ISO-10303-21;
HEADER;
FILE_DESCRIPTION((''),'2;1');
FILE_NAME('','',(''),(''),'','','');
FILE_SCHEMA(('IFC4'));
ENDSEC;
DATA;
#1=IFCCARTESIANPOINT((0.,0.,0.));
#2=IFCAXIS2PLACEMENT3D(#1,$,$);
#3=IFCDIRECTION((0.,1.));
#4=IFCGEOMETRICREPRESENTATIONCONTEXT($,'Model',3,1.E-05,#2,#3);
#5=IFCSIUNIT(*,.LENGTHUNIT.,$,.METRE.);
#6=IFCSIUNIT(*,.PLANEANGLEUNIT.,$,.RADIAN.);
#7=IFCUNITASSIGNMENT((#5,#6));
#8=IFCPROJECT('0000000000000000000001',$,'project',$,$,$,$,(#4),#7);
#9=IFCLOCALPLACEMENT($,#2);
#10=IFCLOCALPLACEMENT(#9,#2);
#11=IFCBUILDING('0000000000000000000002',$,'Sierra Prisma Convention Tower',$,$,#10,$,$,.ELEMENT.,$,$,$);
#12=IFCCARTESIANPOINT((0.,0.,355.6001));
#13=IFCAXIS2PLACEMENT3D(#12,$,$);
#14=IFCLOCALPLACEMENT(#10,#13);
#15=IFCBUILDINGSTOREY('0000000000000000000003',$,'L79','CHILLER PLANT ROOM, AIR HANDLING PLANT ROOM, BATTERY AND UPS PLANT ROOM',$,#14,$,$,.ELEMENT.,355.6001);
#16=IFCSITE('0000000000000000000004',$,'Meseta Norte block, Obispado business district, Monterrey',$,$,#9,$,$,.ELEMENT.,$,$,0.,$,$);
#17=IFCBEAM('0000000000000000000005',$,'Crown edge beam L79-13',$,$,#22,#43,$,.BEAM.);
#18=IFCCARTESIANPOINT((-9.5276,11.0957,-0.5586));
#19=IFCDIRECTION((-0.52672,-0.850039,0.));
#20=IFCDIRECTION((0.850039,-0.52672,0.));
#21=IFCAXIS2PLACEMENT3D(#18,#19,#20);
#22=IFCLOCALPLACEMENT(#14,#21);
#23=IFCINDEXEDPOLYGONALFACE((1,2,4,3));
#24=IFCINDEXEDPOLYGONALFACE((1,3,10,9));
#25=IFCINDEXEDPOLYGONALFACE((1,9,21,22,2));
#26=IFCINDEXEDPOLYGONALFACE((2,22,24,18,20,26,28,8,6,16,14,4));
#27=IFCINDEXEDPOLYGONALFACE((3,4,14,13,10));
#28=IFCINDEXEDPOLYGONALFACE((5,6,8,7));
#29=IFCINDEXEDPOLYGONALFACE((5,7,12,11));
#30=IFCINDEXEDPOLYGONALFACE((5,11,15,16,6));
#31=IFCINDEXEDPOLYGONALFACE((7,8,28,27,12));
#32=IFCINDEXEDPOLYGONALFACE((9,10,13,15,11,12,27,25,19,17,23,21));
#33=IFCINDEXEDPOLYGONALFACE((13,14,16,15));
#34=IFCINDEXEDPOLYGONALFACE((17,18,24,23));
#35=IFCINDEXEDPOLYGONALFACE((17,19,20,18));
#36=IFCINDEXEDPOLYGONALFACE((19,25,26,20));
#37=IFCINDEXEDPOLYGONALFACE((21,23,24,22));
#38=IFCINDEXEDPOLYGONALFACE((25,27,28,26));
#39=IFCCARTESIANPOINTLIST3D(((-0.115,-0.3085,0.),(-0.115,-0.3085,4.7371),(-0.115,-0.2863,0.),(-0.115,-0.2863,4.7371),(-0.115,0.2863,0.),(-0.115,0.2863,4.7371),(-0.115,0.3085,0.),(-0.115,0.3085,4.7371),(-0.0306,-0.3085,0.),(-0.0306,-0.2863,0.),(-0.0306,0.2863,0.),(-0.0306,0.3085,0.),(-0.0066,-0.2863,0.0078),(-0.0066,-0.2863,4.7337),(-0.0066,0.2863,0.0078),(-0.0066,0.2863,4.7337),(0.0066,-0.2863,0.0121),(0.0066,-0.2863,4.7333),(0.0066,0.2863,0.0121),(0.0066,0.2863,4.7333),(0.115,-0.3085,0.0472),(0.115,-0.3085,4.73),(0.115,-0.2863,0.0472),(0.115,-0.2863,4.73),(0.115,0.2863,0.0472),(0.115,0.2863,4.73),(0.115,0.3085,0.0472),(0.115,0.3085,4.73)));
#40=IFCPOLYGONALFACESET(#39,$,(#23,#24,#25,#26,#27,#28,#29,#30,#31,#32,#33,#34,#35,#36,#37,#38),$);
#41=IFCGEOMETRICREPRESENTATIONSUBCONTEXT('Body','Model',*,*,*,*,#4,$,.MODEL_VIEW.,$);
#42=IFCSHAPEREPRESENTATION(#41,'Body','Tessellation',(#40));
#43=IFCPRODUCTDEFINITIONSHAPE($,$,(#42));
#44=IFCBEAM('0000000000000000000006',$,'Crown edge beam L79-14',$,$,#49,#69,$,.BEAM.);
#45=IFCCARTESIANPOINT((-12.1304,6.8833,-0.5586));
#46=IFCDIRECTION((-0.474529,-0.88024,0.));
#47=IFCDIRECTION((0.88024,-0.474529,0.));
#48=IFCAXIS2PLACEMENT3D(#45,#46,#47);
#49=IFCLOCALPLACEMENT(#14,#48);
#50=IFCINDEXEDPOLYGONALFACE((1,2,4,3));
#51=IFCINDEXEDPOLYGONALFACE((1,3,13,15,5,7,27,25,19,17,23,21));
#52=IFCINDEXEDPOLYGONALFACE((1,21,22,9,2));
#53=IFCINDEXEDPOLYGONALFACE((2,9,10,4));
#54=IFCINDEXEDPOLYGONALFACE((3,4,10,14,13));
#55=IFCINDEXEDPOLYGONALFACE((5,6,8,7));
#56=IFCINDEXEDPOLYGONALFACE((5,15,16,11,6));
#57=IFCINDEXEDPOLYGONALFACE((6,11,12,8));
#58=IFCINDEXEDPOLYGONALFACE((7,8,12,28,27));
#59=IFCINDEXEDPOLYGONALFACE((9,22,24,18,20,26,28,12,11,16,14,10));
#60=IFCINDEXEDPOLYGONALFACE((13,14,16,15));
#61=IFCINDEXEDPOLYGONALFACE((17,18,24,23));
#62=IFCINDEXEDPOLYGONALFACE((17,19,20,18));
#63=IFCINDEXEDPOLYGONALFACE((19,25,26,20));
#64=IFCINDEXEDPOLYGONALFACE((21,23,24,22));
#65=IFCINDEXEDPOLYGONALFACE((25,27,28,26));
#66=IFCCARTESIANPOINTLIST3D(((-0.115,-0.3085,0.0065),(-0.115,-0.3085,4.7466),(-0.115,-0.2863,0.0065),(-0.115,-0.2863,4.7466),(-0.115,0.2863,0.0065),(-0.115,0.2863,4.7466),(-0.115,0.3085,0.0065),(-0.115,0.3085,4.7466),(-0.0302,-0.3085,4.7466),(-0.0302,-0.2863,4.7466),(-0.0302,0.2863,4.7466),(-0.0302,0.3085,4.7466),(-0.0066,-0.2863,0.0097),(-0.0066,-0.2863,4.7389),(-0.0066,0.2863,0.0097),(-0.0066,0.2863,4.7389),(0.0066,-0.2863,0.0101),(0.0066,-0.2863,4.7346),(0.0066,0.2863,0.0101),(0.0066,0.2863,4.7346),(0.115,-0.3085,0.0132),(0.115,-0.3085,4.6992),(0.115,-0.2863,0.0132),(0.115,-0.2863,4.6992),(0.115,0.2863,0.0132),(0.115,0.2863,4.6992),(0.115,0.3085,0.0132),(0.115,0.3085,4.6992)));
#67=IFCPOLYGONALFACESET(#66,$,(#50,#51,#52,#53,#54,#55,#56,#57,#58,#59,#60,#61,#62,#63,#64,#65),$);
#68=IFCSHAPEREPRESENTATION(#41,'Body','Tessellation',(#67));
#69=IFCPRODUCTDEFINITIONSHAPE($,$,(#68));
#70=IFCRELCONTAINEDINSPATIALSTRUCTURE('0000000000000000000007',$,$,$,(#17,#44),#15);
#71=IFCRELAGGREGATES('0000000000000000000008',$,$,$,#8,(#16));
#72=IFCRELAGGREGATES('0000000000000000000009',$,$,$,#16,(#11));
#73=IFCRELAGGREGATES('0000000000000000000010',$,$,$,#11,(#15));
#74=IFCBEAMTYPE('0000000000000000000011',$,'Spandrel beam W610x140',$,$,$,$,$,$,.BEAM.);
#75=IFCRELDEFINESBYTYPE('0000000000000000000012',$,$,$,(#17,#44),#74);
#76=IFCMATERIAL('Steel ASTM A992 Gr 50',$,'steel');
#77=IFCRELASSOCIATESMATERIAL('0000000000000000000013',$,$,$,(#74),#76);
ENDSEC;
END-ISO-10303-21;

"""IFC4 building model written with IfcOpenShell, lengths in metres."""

from ifc_helpers import new_model, si_unit, direction, frame, origin, origin_2d, place, context, subcontext, project, spatial, i_section, extrude, clip, halfspace, material, material_profile, profile_set, type_object, element, save


model = new_model("IFC4")

# Units and contexts
model_context = context("Model", 3, precision=1e-05, world=origin(), true_north=direction((0.0, 1.0)))
body_context = subcontext(model_context, "Body", "Model", "MODEL_VIEW")
ifc_project = project(units=[si_unit("LENGTHUNIT", "METRE"), si_unit("PLANEANGLEUNIT", "RADIAN")], contexts=[model_context])

# Site, building, storey
site_placement = place(None, origin())
site = spatial("IfcSite", under=ifc_project, at=site_placement, Name="Meseta Norte block, Obispado business district, Monterrey", CompositionType="ELEMENT", RefElevation=0.0)
building_placement = place(site_placement, origin())
building = spatial("IfcBuilding", under=site, at=building_placement, Name="Sierra Prisma Convention Tower", CompositionType="ELEMENT")
storey_placement = place(building_placement, frame((0.0, 0.0, 355.6001)))
storey = spatial("IfcBuildingStorey", under=building, at=storey_placement, Name="L79", Description="CHILLER PLANT ROOM, AIR HANDLING PLANT ROOM, BATTERY AND UPS PLANT ROOM", CompositionType="ELEMENT", Elevation=355.6001)

# Beams
ifc_material_1 = material(Name="Steel ASTM A992 Gr 50", Category="steel")
ifc_material_profile_1 = material_profile(ifc_material_1, i_section(OverallWidth=0.23, OverallDepth=0.6169, WebThickness=0.0132, FlangeThickness=0.0222, at=origin_2d()), Name="W610x140")
ifc_profile_set_1 = profile_set([ifc_material_profile_1], Name="Steel ASTM A992 Gr 50")
beam_type_1 = type_object("IfcBeamType", Name="Spandrel beam W610x140", PredefinedType="BEAM", material=ifc_profile_set_1)
beam_1_placement = place(storey_placement, frame((-9.5276, 11.0957, -0.5586), z_axis=(-0.52672, -0.850039, 0.0), x_axis=(0.850039, -0.52672, 0.0)))
element("IfcBeam", 1, at=beam_1_placement, inside=storey, type_object=beam_type_1, Name="Crown edge beam L79-13", PredefinedType="BEAM", context=body_context, shape_type="SweptSolid", body=[
    clip(clip(extrude(i_section(OverallWidth=0.23, OverallDepth=0.6169, WebThickness=0.0132, FlangeThickness=0.0222, at=origin_2d()), origin(), (0.0, 0.0, 1.0), 4.7437), halfspace(frame((-0.0352, 0.0, -0.0015), z_axis=(-0.308578, 0.0, 0.951199), x_axis=(0.951199, 0.0, 0.308578)), True)), halfspace(frame((-0.0034, 0.0, 4.7336), z_axis=(-0.031133, 0.0, -0.999515), x_axis=(0.999515, 0.0, -0.031133)), True)),
])
beam_2_placement = place(storey_placement, frame((-12.1304, 6.8833, -0.5586), z_axis=(-0.474529, -0.88024, 0.0), x_axis=(0.88024, -0.474529, 0.0)))
element("IfcBeam", 2, at=beam_2_placement, inside=storey, type_object=beam_type_1, Name="Crown edge beam L79-14", PredefinedType="BEAM", context=body_context, shape_type="SweptSolid", body=[
    clip(clip(extrude(i_section(OverallWidth=0.23, OverallDepth=0.6169, WebThickness=0.0132, FlangeThickness=0.0222, at=origin_2d()), origin(), (0.0, 0.0, 1.0), 4.7466), halfspace(frame((-0.0034, 0.0, 0.0098), z_axis=(-0.029166, 0.0, 0.999575), x_axis=(0.999575, 0.0, 0.029166)), True)), halfspace(frame((-0.0354, 0.0, 4.7483), z_axis=(-0.310449, 0.0, -0.95059), x_axis=(0.95059, 0.0, -0.310449)), True)),
])

save(model, "model.ifc")
